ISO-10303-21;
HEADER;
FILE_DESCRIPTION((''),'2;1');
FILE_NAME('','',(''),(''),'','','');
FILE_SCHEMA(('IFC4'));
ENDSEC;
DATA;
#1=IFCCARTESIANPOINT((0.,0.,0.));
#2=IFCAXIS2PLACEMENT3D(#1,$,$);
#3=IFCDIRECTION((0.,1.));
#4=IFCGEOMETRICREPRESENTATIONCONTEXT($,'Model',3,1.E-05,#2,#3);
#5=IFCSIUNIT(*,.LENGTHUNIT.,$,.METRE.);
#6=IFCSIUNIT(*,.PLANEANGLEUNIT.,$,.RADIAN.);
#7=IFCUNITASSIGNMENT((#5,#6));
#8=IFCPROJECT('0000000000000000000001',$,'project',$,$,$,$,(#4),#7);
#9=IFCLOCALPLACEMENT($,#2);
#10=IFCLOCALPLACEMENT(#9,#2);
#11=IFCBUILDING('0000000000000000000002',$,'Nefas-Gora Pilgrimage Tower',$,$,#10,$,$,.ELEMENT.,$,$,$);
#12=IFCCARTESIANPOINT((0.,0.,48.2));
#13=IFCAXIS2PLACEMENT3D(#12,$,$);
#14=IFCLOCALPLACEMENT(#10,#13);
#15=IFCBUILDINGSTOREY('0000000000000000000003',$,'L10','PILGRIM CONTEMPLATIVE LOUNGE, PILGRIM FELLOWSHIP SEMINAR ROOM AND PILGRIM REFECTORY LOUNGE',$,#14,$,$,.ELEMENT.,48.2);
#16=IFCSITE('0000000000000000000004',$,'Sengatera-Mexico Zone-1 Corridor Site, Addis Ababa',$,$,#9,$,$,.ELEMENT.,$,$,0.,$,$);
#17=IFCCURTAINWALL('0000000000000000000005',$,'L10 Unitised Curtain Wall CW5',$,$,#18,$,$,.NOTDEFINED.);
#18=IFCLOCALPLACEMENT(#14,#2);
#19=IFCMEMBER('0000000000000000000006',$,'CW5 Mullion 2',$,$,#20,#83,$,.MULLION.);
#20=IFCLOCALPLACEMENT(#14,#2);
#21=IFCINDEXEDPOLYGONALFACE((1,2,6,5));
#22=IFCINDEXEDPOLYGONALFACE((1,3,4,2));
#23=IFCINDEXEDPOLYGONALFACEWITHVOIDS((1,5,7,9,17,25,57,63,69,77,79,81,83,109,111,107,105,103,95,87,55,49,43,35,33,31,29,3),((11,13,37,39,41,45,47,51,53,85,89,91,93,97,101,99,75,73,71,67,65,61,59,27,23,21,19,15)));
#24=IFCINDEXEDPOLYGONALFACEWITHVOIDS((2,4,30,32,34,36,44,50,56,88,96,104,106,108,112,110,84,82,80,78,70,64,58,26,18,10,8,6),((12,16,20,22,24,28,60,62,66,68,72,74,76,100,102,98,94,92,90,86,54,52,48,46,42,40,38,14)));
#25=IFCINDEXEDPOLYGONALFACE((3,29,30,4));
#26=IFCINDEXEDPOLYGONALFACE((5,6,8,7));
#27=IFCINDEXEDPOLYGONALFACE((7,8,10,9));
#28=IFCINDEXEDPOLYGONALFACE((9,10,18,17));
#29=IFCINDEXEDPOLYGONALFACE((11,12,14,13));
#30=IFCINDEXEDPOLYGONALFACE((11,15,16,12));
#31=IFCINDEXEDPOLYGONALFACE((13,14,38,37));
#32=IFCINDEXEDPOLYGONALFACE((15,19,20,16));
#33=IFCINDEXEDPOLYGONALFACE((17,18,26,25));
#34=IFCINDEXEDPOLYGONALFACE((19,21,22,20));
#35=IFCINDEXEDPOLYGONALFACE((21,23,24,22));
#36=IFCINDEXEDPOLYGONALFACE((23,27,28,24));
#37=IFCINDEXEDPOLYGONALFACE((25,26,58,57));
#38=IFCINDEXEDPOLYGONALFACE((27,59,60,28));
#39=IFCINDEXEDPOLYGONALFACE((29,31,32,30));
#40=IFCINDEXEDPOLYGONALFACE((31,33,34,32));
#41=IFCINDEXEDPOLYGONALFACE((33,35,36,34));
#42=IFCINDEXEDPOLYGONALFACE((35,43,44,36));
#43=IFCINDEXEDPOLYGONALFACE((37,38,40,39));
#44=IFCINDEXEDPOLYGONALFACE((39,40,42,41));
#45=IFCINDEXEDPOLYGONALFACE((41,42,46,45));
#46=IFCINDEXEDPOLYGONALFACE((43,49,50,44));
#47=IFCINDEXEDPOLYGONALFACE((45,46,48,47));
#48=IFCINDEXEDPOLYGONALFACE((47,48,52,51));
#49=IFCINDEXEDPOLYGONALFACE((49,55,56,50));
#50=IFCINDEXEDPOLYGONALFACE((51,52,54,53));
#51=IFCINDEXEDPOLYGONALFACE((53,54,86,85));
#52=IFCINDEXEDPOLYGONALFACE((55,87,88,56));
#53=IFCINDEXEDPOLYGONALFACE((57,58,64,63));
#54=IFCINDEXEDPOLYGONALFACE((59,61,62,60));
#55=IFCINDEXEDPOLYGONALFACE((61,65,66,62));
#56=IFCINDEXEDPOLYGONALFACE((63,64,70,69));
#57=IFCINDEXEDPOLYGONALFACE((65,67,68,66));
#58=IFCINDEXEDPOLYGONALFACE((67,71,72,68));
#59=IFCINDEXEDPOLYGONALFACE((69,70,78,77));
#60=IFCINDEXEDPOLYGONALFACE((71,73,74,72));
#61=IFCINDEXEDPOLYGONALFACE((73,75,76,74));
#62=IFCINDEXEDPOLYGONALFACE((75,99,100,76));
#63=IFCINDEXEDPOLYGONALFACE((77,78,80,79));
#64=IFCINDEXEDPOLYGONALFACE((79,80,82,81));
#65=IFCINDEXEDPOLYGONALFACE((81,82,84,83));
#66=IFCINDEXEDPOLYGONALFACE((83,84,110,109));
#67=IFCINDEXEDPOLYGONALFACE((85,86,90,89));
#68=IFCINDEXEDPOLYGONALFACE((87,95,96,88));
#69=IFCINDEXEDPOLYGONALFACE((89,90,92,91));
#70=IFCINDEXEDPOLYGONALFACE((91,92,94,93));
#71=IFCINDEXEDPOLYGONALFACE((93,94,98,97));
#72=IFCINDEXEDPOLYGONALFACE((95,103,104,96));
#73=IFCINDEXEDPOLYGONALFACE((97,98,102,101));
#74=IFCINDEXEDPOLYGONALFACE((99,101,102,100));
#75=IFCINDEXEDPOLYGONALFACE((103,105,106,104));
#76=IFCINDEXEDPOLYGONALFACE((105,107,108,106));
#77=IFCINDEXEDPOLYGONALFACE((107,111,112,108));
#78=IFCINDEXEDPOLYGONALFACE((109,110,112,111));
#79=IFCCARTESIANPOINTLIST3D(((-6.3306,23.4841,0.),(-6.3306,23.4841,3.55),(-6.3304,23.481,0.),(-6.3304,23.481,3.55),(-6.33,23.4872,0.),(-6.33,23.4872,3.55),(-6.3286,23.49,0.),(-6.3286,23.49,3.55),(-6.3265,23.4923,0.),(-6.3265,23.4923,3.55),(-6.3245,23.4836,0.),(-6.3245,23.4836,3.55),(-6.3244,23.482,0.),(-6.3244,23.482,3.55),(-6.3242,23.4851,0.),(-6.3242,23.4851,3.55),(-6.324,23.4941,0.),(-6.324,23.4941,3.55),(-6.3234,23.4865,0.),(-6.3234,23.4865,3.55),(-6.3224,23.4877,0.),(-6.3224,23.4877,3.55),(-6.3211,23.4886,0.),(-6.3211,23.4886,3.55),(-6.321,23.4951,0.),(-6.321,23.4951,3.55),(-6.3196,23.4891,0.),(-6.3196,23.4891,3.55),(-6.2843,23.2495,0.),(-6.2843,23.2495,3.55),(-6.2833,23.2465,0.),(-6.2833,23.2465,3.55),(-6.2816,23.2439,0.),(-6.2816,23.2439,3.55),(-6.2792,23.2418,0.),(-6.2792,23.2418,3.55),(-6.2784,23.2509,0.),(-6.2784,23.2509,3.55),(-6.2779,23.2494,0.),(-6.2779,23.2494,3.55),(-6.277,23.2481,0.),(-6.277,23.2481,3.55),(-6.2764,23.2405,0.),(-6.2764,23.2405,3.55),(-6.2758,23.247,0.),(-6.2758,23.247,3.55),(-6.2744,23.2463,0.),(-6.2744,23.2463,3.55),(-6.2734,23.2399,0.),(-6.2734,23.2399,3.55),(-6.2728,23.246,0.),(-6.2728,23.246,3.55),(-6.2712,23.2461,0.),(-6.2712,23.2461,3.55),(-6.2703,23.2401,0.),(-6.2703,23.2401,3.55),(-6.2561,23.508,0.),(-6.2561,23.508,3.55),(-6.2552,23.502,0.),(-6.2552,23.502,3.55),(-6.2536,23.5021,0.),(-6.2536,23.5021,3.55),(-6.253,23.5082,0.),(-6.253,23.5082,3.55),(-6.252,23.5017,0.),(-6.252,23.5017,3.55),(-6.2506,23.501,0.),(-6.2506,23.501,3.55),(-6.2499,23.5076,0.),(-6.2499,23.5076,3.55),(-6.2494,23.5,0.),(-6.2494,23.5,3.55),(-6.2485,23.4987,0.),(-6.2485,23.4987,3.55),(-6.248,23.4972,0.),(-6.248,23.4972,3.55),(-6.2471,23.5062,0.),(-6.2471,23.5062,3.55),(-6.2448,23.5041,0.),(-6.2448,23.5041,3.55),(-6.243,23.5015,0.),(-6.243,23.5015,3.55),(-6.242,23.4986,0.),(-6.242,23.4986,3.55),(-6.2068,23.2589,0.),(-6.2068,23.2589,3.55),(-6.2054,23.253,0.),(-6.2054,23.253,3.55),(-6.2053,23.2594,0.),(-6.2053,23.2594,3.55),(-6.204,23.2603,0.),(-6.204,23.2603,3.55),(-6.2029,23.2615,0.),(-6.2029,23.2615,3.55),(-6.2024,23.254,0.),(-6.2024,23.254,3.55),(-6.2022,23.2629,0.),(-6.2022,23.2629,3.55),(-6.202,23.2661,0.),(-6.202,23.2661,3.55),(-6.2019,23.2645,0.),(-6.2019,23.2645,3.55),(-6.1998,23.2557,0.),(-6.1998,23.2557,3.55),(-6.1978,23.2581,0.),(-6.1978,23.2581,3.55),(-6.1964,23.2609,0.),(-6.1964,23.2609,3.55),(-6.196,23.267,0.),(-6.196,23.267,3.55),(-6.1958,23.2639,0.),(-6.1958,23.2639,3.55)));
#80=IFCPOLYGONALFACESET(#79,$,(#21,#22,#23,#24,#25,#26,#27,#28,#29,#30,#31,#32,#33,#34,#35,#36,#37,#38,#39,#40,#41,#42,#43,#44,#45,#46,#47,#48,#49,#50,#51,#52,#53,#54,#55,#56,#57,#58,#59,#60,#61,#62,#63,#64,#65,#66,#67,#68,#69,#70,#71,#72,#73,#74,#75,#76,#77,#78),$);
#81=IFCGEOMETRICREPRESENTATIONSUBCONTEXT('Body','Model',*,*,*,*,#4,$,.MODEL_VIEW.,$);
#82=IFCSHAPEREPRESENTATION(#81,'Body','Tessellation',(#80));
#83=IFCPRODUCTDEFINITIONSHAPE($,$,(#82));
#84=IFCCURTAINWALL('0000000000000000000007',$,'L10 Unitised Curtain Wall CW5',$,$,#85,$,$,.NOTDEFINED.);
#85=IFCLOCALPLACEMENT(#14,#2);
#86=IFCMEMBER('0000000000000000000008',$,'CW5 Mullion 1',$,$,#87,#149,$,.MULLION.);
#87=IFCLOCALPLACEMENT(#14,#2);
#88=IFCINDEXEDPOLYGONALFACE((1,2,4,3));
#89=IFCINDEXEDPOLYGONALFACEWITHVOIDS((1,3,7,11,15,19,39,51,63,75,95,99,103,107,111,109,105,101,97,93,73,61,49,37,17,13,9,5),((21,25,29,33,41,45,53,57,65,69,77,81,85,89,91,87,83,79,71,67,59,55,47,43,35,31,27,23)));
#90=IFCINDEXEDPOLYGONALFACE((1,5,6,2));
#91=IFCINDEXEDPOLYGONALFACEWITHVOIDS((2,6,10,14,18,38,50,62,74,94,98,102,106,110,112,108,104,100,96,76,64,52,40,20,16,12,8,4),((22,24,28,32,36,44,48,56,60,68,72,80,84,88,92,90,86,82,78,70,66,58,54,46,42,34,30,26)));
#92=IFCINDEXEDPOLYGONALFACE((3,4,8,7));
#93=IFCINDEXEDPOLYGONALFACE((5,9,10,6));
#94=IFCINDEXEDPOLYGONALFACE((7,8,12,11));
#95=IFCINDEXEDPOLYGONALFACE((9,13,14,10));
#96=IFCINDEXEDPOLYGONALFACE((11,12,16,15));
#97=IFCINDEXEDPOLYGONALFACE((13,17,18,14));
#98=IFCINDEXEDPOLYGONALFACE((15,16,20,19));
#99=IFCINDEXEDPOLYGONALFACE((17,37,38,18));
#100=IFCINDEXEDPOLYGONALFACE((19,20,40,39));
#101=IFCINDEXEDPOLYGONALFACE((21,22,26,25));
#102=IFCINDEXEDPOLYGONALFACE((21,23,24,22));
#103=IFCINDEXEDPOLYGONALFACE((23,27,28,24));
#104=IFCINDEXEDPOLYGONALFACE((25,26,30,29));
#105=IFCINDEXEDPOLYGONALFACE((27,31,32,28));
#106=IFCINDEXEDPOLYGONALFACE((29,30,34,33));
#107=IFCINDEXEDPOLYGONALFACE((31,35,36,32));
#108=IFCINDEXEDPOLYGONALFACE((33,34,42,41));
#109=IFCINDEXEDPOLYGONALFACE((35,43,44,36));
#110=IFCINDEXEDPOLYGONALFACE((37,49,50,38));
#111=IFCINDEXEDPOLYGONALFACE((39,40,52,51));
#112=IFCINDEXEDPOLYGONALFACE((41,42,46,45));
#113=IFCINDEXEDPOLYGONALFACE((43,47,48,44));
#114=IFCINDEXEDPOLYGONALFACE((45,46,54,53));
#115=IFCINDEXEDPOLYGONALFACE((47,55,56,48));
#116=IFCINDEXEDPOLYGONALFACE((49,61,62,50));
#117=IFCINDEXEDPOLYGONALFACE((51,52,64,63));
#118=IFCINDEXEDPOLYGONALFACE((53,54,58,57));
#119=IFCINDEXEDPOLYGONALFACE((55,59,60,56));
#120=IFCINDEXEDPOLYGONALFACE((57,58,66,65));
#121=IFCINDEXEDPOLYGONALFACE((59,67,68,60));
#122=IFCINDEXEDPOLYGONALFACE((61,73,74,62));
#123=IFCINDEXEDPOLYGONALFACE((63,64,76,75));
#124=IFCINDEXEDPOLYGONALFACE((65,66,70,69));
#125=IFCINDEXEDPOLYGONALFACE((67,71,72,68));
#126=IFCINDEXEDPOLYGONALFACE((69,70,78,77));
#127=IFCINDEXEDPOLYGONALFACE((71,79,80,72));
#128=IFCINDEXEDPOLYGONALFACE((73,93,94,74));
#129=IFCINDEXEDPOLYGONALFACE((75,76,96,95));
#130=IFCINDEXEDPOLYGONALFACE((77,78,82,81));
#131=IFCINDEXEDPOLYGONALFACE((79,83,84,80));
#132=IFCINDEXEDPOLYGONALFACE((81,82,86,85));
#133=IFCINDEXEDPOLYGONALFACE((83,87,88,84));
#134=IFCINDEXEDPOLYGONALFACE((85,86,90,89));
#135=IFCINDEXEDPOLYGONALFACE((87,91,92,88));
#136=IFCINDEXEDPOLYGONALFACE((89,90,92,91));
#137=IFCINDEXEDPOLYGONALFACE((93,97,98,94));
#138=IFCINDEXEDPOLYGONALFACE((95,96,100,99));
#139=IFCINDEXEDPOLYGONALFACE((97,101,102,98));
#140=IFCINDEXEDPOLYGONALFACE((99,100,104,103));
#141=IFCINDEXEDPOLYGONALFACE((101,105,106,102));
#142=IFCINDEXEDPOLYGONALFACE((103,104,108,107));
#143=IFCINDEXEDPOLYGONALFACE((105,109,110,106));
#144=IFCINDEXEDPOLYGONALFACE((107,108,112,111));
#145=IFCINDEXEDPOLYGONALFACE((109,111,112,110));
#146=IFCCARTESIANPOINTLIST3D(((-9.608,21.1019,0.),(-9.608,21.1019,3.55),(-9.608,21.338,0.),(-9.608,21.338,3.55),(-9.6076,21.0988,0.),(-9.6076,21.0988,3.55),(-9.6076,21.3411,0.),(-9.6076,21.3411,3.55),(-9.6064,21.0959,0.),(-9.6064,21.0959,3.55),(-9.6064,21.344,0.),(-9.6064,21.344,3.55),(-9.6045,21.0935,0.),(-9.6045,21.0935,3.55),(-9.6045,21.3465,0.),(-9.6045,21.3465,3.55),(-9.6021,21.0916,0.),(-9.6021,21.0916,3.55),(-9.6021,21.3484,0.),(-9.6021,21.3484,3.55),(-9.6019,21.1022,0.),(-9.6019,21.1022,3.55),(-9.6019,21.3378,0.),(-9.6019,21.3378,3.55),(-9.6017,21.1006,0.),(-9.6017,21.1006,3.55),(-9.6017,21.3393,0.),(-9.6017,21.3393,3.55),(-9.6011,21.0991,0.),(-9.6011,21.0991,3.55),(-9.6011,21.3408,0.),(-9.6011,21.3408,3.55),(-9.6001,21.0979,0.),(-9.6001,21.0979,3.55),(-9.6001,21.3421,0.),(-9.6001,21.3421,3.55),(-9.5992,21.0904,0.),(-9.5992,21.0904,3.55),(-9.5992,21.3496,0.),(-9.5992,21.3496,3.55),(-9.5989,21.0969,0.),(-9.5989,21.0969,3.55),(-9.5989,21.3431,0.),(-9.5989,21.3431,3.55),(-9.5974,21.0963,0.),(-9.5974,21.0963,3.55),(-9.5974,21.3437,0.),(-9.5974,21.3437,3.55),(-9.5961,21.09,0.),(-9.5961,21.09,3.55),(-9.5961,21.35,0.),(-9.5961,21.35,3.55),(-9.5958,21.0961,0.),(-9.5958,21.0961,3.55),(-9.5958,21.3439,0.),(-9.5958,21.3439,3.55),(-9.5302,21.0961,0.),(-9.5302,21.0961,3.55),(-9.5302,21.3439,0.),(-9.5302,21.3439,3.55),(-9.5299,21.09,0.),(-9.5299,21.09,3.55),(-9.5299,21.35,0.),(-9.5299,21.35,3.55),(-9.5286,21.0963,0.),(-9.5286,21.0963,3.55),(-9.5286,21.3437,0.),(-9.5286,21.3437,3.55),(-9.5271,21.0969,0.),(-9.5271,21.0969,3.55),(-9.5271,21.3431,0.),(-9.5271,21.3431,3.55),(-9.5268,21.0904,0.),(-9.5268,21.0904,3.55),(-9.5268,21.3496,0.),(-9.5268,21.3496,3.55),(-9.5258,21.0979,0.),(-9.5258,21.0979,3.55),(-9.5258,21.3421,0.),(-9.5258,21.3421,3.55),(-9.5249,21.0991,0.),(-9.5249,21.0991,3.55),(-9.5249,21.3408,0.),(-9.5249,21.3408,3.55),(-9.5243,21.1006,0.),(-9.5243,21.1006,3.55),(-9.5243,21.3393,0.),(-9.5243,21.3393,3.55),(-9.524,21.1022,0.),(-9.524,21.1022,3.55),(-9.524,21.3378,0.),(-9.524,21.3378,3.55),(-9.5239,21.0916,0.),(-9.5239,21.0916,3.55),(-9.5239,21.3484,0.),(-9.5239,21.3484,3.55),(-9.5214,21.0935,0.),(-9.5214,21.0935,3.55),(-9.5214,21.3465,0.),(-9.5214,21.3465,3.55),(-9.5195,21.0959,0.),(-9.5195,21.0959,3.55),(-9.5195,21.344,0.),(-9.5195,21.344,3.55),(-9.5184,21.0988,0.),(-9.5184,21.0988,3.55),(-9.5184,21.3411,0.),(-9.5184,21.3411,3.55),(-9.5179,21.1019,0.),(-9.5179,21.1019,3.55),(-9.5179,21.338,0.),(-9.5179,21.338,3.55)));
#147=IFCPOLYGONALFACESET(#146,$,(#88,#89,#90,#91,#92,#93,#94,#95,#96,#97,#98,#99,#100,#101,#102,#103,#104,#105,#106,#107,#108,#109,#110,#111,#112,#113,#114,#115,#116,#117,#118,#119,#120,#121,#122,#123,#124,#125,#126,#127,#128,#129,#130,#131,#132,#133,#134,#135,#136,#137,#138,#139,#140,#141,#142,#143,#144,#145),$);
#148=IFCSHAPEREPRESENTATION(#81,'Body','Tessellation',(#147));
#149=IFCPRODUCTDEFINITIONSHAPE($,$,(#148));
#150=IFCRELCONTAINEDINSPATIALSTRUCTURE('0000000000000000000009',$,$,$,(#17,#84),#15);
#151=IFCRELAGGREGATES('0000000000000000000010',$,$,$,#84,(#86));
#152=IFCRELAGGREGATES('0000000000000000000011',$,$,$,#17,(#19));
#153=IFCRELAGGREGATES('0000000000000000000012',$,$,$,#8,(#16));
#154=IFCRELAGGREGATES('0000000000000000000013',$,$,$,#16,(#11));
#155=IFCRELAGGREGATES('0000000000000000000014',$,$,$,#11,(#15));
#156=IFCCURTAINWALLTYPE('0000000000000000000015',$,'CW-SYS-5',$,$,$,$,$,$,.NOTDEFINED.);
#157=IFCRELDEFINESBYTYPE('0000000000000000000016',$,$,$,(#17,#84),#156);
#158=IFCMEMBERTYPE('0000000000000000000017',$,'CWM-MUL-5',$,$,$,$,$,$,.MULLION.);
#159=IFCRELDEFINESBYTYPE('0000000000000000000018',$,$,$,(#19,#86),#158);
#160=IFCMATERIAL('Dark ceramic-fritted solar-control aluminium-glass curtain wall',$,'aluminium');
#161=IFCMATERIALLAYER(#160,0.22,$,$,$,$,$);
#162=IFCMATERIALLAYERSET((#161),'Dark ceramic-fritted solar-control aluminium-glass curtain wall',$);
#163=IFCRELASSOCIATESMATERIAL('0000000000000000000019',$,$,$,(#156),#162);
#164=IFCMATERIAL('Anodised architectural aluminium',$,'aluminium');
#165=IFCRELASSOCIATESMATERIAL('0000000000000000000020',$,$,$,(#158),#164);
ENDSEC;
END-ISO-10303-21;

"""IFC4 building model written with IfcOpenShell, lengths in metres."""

from ifc_helpers import new_model, si_unit, direction, frame, origin, origin_2d, place, context, subcontext, project, spatial, hollow_rectangle, extrude, source, transform, mapped, material, layer, layer_set, material_profile, profile_set, type_object, element, aggregate, save


model = new_model("IFC4")

# Units and contexts
model_context = context("Model", 3, precision=1e-05, world=origin(), true_north=direction((0.0, 1.0)))
body_context = subcontext(model_context, "Body", "Model", "MODEL_VIEW")
ifc_project = project(units=[si_unit("LENGTHUNIT", "METRE"), si_unit("PLANEANGLEUNIT", "RADIAN")], contexts=[model_context])

# Site, building, storey
site_placement = place(None, origin())
site = spatial("IfcSite", under=ifc_project, at=site_placement, Name="Sengatera-Mexico Zone-1 Corridor Site, Addis Ababa", CompositionType="ELEMENT", RefElevation=0.0)
building_placement = place(site_placement, origin())
building = spatial("IfcBuilding", under=site, at=building_placement, Name="Nefas-Gora Pilgrimage Tower", CompositionType="ELEMENT")
storey_placement = place(building_placement, frame((0.0, 0.0, 48.2)))
storey = spatial("IfcBuildingStorey", under=building, at=storey_placement, Name="L10", Description="PILGRIM CONTEMPLATIVE LOUNGE, PILGRIM FELLOWSHIP SEMINAR ROOM AND PILGRIM REFECTORY LOUNGE", CompositionType="ELEMENT", Elevation=48.2)

# Shared definitions
ifc_material_1 = material(Name="Dark ceramic-fritted solar-control aluminium-glass curtain wall", Category="aluminium")
ifc_layer_1 = layer(ifc_material_1, 0.22)
ifc_layer_set_1 = layer_set([ifc_layer_1], Name="Dark ceramic-fritted solar-control aluminium-glass curtain wall")
curtain_wall_type = type_object("IfcCurtainWallType", Name="CW-SYS-5", PredefinedType="NOTDEFINED", material=ifc_layer_set_1)
ifc_material_2 = material(Name="Anodised architectural aluminium", Category="aluminium")
ifc_material_profile_1 = material_profile(ifc_material_2, hollow_rectangle(XDim=0.0901, YDim=0.26, WallThickness=0.0061, InnerFilletRadius=0.0061, OuterFilletRadius=0.012, at=origin_2d()), Name="ALU MULLION 90x260")
ifc_profile_set_1 = profile_set([ifc_material_profile_1], Name="Anodised architectural aluminium")
member_type_1 = type_object("IfcMemberType", Name="CWM-MUL-5", PredefinedType="MULLION", material=ifc_profile_set_1)
shared_shape_1 = source(origin(), body_context, "Body", "SweptSolid", [
    extrude(hollow_rectangle(XDim=0.0901, YDim=0.26, WallThickness=0.0061, InnerFilletRadius=0.0061, OuterFilletRadius=0.012, at=origin_2d()), origin(), (0.0, 0.0, 1.0), 3.55),
])

# Curtain walls, members
curtain_wall_1_placement = place(storey_placement, origin())
curtain_wall_1 = element("IfcCurtainWall", 1, at=curtain_wall_1_placement, inside=storey, type_object=curtain_wall_type, Name="L10 Unitised Curtain Wall CW5", PredefinedType="NOTDEFINED")
member_1_placement = place(storey_placement, frame((-6.2632, 23.374, 0.0), z_axis=(0.0, 0.0, 1.0), x_axis=(-0.980783, -0.195102, 0.0)))
member_1 = element("IfcMember", 2, at=member_1_placement, type_object=member_type_1, Name="CW5 Mullion 2", PredefinedType="MULLION", context=body_context, shape_type="MappedRepresentation", body=[
    mapped(shared_shape_1, transform((0.0, 0.0, 0.0), x_axis=(1.0, 0.0, 0.0), y_axis=(0.0, 1.0, 0.0), z_axis=(0.0, 0.0, 1.0), scale=1.0)),
])
curtain_wall_2_placement = place(storey_placement, origin())
curtain_wall_2 = element("IfcCurtainWall", 3, at=curtain_wall_2_placement, inside=storey, type_object=curtain_wall_type, Name="L10 Unitised Curtain Wall CW5", PredefinedType="NOTDEFINED")
member_2_placement = place(storey_placement, frame((-9.563, 21.22, 0.0), z_axis=(0.0, 0.0, 1.0), x_axis=(-1.0, 0.0, 0.0)))
member_2 = element("IfcMember", 4, at=member_2_placement, type_object=member_type_1, Name="CW5 Mullion 1", PredefinedType="MULLION", context=body_context, shape_type="MappedRepresentation", body=[
    mapped(shared_shape_1, transform((0.0, 0.0, 0.0), x_axis=(1.0, 0.0, 0.0), y_axis=(0.0, 1.0, 0.0), z_axis=(0.0, 0.0, 1.0), scale=1.0)),
])
aggregate(curtain_wall_2, [member_2])

aggregate(curtain_wall_1, [member_1])

save(model, "model.ifc")
